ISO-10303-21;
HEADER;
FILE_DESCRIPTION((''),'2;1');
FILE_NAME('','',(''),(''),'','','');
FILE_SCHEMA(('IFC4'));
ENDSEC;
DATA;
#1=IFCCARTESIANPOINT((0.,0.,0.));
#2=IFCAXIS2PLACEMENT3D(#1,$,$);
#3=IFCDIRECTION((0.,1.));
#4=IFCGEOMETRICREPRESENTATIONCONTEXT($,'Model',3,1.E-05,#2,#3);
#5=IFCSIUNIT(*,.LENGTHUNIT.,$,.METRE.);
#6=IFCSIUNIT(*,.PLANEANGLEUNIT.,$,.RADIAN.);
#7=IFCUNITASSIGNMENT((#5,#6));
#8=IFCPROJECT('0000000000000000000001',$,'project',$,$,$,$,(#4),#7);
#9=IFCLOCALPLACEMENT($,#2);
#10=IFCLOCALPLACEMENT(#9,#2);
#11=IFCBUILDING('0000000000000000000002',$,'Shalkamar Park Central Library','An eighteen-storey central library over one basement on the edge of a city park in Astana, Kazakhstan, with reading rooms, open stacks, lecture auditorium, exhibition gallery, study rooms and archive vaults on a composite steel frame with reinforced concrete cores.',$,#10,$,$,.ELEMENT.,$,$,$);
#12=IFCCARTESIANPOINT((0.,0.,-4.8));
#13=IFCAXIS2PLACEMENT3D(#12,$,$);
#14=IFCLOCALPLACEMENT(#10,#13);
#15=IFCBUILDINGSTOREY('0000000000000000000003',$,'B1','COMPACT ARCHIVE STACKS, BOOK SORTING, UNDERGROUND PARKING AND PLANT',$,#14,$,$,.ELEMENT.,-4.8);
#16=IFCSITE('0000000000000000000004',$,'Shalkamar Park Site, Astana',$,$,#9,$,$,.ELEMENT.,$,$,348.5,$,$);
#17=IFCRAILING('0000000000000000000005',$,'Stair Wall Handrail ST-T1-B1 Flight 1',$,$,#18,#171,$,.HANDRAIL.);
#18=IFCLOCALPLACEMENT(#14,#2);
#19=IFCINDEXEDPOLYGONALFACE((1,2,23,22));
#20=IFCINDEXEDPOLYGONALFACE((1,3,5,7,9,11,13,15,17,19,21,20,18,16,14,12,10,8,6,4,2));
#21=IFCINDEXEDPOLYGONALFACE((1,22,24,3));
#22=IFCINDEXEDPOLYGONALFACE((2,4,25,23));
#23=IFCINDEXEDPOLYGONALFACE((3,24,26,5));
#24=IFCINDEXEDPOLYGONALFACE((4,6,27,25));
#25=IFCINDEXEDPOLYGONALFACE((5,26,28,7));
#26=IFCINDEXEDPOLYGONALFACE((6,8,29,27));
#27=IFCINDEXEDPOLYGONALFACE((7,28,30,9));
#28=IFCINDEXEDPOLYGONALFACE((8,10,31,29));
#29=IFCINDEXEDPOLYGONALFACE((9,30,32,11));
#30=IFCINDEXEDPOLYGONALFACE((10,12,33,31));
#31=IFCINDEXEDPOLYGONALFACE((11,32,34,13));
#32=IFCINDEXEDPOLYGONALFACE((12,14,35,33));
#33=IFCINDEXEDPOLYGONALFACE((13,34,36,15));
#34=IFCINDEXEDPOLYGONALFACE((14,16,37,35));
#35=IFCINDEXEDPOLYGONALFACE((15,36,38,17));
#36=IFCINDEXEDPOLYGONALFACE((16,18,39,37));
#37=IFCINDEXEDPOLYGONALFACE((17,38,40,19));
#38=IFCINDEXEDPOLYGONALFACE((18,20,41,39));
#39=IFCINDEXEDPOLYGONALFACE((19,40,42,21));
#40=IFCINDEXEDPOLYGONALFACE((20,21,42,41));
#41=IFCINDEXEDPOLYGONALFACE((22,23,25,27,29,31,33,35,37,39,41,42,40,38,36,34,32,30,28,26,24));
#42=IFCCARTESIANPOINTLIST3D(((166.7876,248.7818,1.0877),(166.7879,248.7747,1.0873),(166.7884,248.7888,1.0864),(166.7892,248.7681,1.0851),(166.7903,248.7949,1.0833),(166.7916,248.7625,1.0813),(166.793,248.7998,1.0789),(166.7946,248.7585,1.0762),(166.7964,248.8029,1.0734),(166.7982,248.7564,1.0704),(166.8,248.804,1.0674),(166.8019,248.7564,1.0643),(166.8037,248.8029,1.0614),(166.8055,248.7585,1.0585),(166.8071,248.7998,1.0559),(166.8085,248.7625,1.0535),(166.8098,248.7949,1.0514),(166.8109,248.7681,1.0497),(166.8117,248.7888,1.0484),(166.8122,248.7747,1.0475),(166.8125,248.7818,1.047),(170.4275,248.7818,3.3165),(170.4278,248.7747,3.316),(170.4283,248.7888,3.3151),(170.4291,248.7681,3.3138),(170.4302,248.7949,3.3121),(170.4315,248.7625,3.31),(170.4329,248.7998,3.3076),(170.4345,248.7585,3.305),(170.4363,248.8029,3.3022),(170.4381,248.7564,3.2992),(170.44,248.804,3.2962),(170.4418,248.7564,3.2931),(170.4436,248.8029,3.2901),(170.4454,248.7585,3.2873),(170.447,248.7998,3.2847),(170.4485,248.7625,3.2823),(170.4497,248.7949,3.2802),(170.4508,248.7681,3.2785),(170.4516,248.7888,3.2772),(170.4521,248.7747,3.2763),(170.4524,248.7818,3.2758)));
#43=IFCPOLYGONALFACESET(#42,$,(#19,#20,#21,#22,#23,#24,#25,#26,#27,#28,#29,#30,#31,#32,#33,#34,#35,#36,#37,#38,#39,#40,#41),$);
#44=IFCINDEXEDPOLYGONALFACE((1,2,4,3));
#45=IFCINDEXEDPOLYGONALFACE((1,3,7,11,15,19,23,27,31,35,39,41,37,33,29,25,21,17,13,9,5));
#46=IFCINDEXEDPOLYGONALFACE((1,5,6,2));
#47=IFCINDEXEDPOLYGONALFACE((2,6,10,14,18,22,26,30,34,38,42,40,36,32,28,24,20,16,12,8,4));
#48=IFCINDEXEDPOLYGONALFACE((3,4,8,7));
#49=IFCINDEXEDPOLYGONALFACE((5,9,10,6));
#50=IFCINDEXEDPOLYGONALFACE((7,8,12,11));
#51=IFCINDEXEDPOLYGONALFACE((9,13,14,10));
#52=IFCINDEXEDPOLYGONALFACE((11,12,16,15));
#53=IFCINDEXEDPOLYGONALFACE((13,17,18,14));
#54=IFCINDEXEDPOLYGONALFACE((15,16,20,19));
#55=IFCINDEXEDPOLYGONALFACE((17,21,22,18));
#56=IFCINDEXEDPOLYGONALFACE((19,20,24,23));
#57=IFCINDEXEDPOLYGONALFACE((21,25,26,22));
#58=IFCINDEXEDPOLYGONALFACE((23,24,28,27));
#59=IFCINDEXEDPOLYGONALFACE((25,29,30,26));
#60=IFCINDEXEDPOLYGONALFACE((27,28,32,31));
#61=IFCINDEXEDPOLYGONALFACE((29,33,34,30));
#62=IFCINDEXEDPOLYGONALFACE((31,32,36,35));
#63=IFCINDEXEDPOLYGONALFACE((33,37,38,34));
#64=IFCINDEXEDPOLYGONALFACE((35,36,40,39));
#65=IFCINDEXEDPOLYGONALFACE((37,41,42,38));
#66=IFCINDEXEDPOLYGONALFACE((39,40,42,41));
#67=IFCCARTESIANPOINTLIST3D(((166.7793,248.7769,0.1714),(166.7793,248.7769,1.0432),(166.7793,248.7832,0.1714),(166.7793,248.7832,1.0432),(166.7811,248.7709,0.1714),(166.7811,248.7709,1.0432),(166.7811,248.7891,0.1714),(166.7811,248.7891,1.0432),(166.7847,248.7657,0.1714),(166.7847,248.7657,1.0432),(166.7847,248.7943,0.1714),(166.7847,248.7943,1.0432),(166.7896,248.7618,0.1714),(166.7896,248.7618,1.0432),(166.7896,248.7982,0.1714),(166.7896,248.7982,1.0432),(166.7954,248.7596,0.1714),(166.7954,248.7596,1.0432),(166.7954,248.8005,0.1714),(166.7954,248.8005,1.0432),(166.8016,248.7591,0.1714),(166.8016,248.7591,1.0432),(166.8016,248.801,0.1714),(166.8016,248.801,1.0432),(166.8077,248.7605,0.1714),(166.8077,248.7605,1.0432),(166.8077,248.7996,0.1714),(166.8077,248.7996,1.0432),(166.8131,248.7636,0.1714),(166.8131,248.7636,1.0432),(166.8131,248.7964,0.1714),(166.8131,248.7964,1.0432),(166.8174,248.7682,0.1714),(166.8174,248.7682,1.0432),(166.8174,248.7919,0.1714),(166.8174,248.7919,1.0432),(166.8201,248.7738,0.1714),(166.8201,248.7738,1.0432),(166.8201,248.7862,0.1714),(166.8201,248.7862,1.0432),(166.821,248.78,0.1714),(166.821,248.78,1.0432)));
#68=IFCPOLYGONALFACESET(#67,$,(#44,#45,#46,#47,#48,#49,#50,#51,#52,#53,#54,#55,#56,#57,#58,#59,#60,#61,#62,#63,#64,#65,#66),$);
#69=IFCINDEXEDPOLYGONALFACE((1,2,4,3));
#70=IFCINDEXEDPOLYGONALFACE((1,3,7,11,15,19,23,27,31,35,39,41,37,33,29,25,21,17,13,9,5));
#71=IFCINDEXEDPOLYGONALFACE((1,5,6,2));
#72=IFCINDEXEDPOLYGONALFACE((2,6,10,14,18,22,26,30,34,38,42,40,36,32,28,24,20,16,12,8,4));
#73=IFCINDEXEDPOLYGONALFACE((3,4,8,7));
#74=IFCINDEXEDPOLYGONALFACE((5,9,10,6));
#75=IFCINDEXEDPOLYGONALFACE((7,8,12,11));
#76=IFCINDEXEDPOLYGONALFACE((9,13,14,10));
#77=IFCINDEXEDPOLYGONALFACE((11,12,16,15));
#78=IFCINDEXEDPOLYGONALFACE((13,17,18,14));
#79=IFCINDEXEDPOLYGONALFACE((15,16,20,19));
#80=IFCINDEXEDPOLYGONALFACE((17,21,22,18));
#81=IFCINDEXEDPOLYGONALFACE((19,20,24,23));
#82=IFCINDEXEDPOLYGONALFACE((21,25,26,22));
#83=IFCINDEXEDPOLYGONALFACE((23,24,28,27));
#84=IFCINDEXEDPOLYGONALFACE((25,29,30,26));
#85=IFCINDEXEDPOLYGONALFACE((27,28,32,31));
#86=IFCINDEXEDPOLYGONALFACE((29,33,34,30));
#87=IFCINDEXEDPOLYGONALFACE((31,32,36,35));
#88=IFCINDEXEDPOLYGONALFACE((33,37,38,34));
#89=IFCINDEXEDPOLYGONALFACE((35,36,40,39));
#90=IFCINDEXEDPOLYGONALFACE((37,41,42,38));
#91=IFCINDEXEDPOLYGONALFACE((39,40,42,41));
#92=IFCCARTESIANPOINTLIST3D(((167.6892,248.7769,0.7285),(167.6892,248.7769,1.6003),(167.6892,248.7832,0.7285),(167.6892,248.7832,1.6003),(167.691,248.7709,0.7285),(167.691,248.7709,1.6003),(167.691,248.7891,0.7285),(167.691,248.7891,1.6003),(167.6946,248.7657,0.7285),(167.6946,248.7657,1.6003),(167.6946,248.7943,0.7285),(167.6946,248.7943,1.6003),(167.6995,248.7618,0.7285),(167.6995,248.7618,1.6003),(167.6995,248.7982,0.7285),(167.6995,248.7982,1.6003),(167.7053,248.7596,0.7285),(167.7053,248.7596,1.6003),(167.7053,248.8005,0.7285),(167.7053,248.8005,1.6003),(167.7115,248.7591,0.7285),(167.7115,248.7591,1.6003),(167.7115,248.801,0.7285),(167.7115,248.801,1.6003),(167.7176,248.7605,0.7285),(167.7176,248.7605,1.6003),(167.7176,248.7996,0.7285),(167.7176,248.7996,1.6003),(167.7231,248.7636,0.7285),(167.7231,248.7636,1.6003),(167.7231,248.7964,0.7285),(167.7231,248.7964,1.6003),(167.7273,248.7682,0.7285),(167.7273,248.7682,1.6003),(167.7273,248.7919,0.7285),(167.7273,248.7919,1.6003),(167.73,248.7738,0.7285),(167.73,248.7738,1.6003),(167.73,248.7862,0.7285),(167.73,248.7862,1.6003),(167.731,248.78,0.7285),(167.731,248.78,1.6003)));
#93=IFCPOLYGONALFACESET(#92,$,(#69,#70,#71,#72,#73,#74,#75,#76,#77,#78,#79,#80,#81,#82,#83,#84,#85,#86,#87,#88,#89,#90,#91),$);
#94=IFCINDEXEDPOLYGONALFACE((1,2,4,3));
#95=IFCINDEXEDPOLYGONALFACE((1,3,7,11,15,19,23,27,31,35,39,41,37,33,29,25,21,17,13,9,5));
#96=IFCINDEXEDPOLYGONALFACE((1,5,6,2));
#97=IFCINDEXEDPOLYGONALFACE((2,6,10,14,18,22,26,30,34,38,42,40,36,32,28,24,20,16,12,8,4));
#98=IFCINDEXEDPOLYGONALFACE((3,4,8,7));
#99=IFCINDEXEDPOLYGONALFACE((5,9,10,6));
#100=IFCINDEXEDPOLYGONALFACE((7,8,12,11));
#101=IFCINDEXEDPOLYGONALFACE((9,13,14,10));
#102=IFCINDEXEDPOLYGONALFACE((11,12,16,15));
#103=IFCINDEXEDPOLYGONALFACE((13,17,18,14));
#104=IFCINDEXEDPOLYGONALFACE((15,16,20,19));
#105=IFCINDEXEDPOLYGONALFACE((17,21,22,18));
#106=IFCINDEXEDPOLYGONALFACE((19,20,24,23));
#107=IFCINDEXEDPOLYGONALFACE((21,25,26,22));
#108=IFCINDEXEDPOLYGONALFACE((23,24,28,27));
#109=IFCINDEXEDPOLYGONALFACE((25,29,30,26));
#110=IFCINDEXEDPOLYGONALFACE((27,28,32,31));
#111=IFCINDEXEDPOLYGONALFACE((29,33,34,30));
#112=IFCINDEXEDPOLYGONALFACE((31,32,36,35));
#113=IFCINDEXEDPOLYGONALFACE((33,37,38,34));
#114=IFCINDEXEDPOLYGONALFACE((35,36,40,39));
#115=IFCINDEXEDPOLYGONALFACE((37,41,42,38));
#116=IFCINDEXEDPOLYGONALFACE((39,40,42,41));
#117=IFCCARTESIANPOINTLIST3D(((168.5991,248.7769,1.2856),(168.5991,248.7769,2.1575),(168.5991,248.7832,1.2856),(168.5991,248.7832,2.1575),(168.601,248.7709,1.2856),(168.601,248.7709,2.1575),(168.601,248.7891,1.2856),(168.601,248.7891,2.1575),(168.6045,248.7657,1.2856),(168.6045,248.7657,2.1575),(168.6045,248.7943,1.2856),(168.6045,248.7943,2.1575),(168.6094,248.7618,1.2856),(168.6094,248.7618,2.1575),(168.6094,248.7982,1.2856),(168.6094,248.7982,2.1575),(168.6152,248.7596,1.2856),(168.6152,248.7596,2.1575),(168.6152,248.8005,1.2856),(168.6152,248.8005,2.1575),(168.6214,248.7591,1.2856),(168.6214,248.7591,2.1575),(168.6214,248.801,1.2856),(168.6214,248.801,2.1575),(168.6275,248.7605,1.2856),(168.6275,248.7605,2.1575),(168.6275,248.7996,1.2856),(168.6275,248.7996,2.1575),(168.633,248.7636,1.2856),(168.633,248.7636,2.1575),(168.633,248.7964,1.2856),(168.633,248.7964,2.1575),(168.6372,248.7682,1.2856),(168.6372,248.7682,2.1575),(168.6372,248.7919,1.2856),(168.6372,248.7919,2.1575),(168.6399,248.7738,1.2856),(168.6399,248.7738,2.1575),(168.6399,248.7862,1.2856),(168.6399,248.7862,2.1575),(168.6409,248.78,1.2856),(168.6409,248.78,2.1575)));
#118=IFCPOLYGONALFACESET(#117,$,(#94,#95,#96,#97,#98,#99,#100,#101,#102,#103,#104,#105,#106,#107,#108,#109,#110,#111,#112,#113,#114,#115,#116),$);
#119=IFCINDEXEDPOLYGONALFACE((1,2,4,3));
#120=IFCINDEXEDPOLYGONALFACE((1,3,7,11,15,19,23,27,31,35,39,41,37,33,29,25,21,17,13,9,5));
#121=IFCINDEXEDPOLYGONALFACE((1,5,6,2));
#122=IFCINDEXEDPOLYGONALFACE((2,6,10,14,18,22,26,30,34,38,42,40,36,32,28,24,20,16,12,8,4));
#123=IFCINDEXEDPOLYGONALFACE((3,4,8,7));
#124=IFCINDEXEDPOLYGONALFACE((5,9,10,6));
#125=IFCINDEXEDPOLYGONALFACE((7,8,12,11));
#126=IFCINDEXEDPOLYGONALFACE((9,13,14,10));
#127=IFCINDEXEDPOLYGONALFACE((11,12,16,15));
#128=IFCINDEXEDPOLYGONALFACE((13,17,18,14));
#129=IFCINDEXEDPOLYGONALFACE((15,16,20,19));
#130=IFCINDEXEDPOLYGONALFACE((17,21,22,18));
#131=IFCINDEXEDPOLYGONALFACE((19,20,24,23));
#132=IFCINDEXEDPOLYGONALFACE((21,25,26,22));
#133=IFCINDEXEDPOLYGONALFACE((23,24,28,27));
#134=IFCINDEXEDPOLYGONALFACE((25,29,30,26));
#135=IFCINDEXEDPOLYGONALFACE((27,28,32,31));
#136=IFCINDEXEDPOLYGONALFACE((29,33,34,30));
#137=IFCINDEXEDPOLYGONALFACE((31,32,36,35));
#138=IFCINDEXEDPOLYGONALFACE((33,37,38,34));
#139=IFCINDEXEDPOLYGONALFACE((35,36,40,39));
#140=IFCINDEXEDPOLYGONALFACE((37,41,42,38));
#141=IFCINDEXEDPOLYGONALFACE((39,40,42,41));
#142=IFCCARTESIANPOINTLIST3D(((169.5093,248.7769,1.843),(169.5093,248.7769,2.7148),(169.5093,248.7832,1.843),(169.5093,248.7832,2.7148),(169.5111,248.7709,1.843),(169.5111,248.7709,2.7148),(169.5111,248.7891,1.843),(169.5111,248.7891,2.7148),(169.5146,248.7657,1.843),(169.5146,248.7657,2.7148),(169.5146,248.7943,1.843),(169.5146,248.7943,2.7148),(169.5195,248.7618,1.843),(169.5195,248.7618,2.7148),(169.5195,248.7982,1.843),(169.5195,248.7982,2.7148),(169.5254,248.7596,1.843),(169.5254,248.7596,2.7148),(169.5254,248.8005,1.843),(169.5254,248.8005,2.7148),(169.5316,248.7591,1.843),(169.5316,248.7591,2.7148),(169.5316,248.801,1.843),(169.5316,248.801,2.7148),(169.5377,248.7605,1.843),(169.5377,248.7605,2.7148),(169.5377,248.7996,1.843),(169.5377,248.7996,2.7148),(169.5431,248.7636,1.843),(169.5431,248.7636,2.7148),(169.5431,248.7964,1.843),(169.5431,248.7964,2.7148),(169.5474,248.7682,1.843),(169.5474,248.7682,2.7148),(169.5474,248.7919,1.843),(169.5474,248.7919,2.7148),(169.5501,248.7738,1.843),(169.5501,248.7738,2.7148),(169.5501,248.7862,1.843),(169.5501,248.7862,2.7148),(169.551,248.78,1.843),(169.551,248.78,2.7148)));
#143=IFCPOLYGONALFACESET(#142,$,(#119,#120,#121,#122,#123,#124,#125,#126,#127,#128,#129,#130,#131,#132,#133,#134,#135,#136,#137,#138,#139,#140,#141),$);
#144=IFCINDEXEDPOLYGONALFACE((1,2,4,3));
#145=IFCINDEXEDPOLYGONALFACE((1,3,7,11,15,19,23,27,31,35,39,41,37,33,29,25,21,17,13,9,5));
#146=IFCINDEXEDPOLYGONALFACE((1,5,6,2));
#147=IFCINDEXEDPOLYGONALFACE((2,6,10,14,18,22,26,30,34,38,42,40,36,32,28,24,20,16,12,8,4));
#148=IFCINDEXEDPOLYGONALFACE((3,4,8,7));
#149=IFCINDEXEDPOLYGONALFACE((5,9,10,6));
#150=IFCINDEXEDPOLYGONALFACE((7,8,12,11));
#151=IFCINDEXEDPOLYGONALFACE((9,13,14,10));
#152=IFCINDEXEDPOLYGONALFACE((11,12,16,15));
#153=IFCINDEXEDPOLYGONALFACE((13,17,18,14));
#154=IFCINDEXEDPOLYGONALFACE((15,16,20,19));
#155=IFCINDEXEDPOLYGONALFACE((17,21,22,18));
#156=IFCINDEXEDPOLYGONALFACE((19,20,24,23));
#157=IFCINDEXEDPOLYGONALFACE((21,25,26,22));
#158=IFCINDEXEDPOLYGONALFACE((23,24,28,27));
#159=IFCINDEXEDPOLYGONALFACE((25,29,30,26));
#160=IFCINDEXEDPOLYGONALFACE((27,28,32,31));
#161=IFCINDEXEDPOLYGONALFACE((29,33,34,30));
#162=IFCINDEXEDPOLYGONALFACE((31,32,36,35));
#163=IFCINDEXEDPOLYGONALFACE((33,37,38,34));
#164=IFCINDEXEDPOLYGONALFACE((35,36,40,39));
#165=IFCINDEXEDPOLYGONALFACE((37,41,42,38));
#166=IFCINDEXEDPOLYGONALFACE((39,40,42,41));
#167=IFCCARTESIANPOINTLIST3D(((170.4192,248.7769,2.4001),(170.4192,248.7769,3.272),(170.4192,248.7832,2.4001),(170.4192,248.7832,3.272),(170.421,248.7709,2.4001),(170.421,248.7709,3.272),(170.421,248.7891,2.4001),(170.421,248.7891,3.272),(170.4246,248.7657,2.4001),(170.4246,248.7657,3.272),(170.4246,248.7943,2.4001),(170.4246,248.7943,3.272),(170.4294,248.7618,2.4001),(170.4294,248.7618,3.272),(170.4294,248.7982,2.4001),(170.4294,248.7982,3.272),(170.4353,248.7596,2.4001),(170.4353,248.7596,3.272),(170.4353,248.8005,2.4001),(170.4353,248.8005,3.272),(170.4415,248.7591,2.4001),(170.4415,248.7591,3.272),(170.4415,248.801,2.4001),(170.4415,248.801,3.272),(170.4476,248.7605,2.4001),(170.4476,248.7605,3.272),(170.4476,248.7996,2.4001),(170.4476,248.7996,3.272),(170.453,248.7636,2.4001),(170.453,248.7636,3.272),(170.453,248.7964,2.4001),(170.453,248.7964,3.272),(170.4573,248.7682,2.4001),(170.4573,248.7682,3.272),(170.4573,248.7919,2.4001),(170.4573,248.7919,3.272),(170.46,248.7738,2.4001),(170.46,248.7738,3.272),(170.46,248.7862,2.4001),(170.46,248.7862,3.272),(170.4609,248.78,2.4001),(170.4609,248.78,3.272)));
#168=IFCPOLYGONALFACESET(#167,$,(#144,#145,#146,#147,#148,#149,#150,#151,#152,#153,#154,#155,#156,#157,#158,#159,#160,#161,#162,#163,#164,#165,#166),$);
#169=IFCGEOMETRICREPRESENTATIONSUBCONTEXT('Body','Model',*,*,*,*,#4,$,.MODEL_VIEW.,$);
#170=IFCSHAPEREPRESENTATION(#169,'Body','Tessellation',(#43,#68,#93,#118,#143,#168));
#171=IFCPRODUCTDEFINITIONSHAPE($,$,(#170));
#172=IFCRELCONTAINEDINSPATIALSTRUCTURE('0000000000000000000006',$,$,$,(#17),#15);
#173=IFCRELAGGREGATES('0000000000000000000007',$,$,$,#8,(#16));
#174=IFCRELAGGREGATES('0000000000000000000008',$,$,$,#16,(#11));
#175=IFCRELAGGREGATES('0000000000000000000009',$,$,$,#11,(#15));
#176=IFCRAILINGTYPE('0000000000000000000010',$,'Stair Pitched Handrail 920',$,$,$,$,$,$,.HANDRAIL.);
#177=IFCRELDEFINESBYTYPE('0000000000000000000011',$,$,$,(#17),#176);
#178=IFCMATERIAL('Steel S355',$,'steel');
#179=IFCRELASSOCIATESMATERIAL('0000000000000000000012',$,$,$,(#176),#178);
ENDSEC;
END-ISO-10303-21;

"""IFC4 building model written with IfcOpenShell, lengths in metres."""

from ifc_helpers import new_model, si_unit, direction, frame, origin, origin_2d, place, context, subcontext, project, spatial, circle, extrude, material, type_object, element, save


model = new_model("IFC4")

# Units and contexts
model_context = context("Model", 3, precision=1e-05, world=origin(), true_north=direction((0.0, 1.0)))
body_context = subcontext(model_context, "Body", "Model", "MODEL_VIEW")
ifc_project = project(units=[si_unit("LENGTHUNIT", "METRE"), si_unit("PLANEANGLEUNIT", "RADIAN")], contexts=[model_context])

# Site, building, storey
site_placement = place(None, origin())
site = spatial("IfcSite", under=ifc_project, at=site_placement, Name="Shalkamar Park Site, Astana", CompositionType="ELEMENT", RefElevation=348.5)
building_placement = place(site_placement, origin())
building = spatial("IfcBuilding", under=site, at=building_placement, Name="Shalkamar Park Central Library", Description="An eighteen-storey central library over one basement on the edge of a city park in Astana, Kazakhstan, with reading rooms, open stacks, lecture auditorium, exhibition gallery, study rooms and archive vaults on a composite steel frame with reinforced concrete cores.", CompositionType="ELEMENT")
storey_placement = place(building_placement, frame((0.0, 0.0, -4.8)))
storey = spatial("IfcBuildingStorey", under=building, at=storey_placement, Name="B1", Description="COMPACT ARCHIVE STACKS, BOOK SORTING, UNDERGROUND PARKING AND PLANT", CompositionType="ELEMENT", Elevation=-4.8)

# Shared definitions
ifc_material_1 = material(Name="Steel S355", Category="steel")

# Railing
railing_type_1 = type_object("IfcRailingType", Name="Stair Pitched Handrail 920", PredefinedType="HANDRAIL", material=ifc_material_1)
railing_1_placement = place(storey_placement, frame((166.8, 248.78, 0.1714)))
element("IfcRailing", 1, at=railing_1_placement, inside=storey, type_object=railing_type_1, Name="Stair Wall Handrail ST-T1-B1 Flight 1", PredefinedType="HANDRAIL", context=body_context, shape_type="SweptSolid", body=[
    extrude(circle(Radius=0.0239, at=origin_2d()), frame((0.0, 0.0, 0.896), z_axis=(0.852825, 0.0, 0.522197), x_axis=(0.0, 1.0, 0.0)), (0.0, 0.0, 1.0), 4.2681),
    extrude(circle(Radius=0.021, at=origin_2d()), origin(), (0.0, 0.0, 1.0), 0.8718),
    extrude(circle(Radius=0.021, at=origin_2d()), frame((0.9099, 0.0, 0.5571)), (0.0, 0.0, 1.0), 0.8718),
    extrude(circle(Radius=0.021, at=origin_2d()), frame((1.8198, 0.0, 1.1143)), (0.0, 0.0, 1.0), 0.8718),
    extrude(circle(Radius=0.021, at=origin_2d()), frame((2.73, 0.0, 1.6716)), (0.0, 0.0, 1.0), 0.8718),
    extrude(circle(Radius=0.021, at=origin_2d()), frame((3.6399, 0.0, 2.2288)), (0.0, 0.0, 1.0), 0.8718),
])

save(model, "model.ifc")
